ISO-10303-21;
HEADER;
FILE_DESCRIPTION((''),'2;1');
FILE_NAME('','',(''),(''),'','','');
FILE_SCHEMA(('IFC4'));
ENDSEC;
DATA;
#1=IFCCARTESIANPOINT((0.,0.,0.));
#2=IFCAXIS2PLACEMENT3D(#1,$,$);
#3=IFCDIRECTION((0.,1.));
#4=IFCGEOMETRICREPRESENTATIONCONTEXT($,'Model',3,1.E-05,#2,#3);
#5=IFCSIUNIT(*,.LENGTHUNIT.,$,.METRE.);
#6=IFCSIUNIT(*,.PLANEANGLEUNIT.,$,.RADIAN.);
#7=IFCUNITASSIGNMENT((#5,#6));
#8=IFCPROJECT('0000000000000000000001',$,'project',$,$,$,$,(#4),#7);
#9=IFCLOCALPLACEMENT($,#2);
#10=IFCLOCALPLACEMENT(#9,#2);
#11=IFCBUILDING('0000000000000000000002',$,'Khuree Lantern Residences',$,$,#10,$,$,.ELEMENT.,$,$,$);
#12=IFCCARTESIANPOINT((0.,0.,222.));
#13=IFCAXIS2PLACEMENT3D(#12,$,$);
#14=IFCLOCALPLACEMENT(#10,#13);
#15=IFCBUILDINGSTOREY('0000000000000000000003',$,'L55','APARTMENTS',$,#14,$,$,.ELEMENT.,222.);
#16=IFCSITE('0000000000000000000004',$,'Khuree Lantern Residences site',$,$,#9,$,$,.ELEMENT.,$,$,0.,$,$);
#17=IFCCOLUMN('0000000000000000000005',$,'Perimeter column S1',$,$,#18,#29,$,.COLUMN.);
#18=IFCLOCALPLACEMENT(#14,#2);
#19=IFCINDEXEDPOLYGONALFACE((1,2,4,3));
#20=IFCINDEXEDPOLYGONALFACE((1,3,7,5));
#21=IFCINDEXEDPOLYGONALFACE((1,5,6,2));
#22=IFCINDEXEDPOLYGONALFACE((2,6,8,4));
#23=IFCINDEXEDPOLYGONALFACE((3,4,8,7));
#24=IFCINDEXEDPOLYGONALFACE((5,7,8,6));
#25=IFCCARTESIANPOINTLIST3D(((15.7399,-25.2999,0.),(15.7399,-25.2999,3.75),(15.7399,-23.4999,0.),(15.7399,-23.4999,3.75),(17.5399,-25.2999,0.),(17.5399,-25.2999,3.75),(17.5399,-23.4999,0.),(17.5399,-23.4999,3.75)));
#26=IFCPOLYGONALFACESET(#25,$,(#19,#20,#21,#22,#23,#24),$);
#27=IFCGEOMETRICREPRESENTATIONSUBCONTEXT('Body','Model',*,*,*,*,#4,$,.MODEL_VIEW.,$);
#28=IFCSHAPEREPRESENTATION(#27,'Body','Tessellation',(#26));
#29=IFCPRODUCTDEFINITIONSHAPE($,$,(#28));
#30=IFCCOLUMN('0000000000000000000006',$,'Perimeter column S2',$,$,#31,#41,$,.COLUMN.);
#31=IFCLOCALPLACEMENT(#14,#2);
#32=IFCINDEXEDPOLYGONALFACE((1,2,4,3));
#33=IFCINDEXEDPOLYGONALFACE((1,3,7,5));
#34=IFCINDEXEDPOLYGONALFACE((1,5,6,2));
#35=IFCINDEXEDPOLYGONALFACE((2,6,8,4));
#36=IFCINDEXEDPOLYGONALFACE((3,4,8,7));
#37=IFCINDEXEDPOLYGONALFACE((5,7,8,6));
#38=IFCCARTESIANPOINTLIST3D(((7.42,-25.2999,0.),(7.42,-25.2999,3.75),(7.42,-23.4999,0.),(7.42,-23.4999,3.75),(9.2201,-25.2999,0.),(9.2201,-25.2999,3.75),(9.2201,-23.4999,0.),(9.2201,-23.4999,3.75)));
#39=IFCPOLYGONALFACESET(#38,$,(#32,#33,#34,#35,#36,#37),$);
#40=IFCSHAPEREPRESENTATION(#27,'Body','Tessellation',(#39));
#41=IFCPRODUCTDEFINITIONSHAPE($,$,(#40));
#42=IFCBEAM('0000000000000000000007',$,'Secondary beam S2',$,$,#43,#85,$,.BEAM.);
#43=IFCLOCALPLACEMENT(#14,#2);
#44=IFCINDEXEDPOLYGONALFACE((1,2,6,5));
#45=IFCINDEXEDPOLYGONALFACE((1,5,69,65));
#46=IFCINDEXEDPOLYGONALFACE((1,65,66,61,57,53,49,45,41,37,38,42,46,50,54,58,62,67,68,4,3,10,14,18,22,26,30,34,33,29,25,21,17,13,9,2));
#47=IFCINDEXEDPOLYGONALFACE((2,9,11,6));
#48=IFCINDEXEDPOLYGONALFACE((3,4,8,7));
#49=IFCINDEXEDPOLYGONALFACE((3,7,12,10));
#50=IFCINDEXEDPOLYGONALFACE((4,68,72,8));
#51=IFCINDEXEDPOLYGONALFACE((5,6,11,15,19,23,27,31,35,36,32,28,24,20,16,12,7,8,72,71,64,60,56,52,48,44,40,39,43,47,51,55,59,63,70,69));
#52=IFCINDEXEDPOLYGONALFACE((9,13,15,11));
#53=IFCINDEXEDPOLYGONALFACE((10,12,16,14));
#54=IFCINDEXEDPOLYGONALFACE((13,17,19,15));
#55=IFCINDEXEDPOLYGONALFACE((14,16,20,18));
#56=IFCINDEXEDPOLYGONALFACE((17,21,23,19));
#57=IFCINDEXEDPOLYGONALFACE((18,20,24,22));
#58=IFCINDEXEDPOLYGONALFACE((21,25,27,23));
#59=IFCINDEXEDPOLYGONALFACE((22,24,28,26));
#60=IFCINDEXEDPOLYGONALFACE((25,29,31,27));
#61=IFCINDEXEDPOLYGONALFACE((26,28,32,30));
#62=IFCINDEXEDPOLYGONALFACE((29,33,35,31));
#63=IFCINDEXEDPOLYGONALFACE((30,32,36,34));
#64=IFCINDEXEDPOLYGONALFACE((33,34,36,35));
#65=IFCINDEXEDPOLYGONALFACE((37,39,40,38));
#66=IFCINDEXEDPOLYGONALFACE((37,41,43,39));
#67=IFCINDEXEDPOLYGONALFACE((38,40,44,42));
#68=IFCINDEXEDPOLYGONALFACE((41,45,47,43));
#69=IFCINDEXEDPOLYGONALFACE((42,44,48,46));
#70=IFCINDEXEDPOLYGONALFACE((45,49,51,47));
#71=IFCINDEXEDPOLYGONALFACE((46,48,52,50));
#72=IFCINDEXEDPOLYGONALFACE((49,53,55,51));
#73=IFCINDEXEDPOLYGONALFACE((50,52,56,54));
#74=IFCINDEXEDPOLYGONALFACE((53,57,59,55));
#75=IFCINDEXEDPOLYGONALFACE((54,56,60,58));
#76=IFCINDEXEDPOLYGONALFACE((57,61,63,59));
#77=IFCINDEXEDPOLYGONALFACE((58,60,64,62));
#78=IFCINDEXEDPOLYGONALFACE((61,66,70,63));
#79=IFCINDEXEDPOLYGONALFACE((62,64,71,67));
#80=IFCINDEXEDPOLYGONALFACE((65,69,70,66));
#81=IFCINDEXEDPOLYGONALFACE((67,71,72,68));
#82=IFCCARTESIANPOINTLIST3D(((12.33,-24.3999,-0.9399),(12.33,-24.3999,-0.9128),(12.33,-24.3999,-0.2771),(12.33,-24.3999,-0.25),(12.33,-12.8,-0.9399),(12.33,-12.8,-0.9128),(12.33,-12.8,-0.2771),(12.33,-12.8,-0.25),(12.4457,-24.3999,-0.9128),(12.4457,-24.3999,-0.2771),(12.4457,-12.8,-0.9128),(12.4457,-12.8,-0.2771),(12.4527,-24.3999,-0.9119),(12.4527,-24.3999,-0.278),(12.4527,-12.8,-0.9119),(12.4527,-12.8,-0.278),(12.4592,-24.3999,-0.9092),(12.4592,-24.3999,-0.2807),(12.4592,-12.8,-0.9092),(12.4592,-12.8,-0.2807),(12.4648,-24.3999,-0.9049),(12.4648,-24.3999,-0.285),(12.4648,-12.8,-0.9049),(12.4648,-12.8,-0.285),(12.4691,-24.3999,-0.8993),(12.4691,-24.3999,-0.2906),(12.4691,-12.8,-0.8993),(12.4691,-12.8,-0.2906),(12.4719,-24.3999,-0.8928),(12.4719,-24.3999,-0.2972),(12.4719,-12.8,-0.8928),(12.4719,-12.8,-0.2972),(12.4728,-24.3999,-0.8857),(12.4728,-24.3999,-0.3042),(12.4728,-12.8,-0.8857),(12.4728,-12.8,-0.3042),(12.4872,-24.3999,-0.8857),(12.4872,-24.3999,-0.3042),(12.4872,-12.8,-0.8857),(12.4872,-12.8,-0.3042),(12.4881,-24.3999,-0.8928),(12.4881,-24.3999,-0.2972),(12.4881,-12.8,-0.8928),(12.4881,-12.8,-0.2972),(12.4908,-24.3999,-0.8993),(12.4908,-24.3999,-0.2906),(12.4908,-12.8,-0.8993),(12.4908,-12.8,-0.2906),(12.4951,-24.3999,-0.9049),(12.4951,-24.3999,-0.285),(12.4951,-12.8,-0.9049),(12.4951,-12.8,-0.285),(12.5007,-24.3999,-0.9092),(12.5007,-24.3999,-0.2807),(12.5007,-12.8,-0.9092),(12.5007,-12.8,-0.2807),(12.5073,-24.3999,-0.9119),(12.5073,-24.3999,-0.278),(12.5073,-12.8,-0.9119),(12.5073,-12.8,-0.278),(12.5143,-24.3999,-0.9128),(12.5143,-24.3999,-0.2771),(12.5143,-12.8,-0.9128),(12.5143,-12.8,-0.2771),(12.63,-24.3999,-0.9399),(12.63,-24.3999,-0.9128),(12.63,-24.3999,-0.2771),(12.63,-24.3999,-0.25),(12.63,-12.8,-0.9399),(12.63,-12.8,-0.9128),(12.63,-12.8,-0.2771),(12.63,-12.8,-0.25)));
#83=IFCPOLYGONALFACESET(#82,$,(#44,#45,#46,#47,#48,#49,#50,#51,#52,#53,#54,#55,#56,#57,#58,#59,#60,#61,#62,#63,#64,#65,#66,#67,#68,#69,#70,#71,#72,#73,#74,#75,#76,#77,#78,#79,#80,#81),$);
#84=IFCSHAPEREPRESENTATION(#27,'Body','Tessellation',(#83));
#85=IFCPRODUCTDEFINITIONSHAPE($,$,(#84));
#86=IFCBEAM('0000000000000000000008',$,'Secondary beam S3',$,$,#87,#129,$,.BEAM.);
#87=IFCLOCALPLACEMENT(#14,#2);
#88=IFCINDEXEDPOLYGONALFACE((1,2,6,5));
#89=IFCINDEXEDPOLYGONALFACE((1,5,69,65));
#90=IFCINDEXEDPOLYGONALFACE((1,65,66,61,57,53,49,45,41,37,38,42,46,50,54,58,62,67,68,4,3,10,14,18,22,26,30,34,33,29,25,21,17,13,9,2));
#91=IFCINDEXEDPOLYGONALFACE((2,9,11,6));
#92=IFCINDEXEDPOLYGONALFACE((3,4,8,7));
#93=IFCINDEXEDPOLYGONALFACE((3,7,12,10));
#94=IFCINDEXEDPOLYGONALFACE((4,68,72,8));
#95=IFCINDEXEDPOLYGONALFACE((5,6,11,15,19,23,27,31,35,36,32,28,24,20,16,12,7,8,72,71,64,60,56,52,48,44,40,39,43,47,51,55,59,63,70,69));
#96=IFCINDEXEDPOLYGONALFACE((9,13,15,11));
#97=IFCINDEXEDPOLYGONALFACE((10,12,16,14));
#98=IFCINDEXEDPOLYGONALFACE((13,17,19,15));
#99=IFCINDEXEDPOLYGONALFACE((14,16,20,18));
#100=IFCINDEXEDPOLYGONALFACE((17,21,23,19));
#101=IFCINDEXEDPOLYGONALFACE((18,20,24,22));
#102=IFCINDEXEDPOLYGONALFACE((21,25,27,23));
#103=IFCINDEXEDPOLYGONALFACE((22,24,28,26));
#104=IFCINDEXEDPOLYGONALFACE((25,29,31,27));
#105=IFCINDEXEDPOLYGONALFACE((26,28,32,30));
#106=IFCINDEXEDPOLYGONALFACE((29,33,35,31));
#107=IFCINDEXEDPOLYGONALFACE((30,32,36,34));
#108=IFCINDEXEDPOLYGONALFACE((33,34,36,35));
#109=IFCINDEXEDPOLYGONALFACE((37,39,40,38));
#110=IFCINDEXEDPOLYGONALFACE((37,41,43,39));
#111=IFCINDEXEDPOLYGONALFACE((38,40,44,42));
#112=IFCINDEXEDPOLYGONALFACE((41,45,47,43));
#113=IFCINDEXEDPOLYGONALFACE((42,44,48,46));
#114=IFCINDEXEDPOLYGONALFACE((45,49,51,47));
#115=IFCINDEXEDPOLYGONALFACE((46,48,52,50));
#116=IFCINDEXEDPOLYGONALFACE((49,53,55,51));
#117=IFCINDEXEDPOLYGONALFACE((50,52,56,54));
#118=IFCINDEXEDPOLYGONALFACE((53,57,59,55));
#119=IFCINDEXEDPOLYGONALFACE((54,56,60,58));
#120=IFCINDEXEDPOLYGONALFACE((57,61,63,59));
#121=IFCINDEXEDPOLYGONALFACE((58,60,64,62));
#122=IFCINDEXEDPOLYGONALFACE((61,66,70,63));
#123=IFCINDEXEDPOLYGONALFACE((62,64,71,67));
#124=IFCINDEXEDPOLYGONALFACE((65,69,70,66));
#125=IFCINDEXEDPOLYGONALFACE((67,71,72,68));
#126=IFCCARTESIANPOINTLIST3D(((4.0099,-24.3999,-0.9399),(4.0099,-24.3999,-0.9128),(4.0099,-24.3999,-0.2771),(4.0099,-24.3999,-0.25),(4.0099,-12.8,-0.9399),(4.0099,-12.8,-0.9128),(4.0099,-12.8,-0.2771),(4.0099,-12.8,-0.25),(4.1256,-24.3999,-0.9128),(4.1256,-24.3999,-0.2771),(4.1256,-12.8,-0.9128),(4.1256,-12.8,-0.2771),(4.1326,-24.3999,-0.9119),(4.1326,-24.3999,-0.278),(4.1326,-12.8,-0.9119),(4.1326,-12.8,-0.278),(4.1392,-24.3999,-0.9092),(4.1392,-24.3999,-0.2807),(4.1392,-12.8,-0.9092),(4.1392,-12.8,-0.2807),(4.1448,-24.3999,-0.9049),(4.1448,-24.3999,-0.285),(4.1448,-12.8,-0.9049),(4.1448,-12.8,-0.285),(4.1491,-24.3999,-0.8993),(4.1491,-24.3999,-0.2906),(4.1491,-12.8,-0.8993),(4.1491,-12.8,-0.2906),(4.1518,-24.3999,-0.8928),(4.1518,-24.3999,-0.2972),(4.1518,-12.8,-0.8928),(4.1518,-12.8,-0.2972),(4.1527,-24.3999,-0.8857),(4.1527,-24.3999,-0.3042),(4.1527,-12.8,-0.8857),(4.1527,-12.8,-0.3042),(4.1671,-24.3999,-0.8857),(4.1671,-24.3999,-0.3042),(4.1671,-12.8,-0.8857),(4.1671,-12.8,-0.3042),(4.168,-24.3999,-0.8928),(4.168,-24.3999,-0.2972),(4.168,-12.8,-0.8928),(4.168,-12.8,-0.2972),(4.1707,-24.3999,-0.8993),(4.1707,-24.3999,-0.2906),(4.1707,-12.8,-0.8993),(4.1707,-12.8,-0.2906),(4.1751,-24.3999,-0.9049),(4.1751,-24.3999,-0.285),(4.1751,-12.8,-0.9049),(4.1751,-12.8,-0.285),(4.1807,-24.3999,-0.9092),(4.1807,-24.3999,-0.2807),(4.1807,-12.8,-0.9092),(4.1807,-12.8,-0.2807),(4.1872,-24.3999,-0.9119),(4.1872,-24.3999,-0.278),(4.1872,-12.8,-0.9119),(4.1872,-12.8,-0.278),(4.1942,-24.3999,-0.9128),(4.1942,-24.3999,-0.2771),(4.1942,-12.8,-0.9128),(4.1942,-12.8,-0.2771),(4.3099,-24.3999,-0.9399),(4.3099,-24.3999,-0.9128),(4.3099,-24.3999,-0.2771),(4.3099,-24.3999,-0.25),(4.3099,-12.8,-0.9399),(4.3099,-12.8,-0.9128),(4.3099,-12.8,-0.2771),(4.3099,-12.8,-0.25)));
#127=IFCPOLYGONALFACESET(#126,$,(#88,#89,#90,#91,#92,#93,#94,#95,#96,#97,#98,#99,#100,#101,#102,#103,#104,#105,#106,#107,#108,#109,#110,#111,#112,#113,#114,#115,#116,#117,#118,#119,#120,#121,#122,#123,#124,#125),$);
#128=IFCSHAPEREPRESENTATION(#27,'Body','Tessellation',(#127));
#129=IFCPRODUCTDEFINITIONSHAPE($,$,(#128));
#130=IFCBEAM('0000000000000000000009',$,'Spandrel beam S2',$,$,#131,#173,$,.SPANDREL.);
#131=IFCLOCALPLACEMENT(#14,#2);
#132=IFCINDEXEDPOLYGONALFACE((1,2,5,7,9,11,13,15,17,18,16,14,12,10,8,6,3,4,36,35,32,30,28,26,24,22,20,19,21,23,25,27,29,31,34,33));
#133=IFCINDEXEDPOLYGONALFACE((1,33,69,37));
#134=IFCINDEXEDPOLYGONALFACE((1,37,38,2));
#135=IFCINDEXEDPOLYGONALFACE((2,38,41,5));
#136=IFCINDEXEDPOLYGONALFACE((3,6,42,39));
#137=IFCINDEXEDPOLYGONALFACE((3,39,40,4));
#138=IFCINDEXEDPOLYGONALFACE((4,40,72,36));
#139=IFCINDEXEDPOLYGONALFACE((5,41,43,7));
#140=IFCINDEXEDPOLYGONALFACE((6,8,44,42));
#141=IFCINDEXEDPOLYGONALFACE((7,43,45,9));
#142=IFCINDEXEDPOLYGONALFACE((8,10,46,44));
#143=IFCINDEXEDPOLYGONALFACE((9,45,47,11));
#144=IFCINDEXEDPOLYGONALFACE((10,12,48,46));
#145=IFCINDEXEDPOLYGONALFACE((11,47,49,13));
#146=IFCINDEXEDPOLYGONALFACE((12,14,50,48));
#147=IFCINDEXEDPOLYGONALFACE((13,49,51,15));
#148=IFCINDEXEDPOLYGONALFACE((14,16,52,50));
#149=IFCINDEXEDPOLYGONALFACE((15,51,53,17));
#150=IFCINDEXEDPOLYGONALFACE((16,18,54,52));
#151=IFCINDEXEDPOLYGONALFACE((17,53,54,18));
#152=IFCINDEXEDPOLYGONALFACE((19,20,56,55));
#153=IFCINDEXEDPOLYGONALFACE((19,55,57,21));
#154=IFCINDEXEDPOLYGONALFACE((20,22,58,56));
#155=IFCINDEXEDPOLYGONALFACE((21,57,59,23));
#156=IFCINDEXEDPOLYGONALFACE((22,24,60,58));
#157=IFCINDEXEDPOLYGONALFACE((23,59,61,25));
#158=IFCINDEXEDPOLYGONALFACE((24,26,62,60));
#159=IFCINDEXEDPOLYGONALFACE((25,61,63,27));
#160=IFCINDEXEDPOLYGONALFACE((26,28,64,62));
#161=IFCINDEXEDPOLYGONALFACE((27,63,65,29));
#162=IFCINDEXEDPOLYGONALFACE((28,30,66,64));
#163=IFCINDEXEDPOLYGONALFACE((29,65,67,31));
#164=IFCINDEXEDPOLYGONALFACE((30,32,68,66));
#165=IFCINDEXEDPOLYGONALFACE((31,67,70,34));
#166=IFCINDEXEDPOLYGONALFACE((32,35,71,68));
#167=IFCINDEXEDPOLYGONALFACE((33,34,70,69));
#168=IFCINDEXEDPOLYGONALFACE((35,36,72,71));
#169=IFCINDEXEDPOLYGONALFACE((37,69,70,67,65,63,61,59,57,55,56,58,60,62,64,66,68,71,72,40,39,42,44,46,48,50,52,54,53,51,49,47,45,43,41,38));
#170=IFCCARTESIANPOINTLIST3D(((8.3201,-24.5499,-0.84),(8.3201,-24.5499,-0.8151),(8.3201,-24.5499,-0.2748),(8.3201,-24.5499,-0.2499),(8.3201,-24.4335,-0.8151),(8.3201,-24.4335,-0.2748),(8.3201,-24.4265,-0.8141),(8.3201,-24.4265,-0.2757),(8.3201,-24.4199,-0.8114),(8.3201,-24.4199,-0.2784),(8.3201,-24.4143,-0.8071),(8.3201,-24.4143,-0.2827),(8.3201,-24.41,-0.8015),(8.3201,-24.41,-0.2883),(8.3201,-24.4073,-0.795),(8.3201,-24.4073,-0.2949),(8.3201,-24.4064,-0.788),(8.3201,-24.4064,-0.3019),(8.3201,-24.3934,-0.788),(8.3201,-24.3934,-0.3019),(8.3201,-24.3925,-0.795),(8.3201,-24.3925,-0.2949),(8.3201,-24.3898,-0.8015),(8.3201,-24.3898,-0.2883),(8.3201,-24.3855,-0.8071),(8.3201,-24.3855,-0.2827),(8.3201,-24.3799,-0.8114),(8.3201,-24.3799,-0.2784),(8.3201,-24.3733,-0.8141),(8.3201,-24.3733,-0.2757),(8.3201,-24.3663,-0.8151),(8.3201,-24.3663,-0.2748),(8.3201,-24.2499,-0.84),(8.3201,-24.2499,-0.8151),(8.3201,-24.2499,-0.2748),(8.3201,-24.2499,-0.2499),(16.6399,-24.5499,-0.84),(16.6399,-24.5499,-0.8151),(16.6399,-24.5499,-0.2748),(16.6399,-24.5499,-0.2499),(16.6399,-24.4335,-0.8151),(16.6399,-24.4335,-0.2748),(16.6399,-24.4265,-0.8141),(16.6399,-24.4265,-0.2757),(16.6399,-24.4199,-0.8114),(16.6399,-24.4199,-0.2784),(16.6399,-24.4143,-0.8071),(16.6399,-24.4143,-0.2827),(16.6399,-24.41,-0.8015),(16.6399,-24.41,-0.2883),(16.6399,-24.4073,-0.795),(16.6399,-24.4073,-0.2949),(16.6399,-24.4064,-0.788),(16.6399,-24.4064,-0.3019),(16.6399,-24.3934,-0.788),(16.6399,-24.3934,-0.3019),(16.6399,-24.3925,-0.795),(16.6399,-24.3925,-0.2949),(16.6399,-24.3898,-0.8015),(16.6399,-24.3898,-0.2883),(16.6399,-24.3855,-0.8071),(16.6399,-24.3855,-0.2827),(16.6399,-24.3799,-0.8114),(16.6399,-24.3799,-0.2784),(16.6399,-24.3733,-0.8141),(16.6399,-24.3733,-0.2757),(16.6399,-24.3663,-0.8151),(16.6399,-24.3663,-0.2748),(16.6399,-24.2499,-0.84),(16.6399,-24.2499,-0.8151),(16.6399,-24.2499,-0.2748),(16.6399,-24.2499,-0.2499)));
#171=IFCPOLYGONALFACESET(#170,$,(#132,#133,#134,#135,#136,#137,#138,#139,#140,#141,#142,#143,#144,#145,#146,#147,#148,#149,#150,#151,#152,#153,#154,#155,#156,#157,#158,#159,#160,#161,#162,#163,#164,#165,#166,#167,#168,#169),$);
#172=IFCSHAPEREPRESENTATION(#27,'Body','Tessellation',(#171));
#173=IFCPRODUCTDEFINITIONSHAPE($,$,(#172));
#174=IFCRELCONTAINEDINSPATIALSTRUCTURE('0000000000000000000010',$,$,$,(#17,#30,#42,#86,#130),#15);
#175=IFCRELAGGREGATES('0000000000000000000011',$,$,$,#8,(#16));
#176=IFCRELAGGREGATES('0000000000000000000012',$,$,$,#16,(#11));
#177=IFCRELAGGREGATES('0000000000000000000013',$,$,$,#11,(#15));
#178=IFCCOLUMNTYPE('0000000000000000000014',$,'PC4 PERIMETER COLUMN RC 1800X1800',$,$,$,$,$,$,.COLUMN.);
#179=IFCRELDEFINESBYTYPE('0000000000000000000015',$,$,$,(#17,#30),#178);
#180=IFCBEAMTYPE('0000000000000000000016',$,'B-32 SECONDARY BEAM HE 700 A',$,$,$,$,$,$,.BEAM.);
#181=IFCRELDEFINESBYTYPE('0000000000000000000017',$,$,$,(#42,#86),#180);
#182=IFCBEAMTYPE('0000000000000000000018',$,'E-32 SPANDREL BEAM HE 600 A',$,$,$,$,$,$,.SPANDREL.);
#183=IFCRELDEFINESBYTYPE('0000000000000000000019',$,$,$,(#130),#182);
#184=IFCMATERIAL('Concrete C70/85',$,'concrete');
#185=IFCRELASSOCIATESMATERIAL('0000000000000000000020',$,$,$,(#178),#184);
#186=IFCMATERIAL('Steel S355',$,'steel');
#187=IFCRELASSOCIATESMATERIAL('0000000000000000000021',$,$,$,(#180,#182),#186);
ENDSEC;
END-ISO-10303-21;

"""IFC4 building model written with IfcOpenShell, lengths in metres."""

from ifc_helpers import new_model, si_unit, direction, frame, origin, origin_2d, place, context, subcontext, project, spatial, rectangle, i_section, extrude, material, material_profile, profile_set, type_object, element, save


model = new_model("IFC4")

# Units and contexts
model_context = context("Model", 3, precision=1e-05, world=origin(), true_north=direction((0.0, 1.0)))
body_context = subcontext(model_context, "Body", "Model", "MODEL_VIEW")
ifc_project = project(units=[si_unit("LENGTHUNIT", "METRE"), si_unit("PLANEANGLEUNIT", "RADIAN")], contexts=[model_context])

# Site, building, storey
site_placement = place(None, origin())
site = spatial("IfcSite", under=ifc_project, at=site_placement, Name="Khuree Lantern Residences site", CompositionType="ELEMENT", RefElevation=0.0)
building_placement = place(site_placement, origin())
building = spatial("IfcBuilding", under=site, at=building_placement, Name="Khuree Lantern Residences", CompositionType="ELEMENT")
storey_placement = place(building_placement, frame((0.0, 0.0, 222.0)))
storey = spatial("IfcBuildingStorey", under=building, at=storey_placement, Name="L55", Description="APARTMENTS", CompositionType="ELEMENT", Elevation=222.0)

# Columns
ifc_material_1 = material(Name="Concrete C70/85", Category="concrete")
ifc_material_profile_1 = material_profile(ifc_material_1, rectangle(XDim=1.8, YDim=1.8, at=origin_2d()), Name="RC 1800X1800")
ifc_profile_set_1 = profile_set([ifc_material_profile_1], Name="Concrete C70/85")
column_type = type_object("IfcColumnType", Name="PC4 PERIMETER COLUMN RC 1800X1800", PredefinedType="COLUMN", material=ifc_profile_set_1)
for number, where, z_axis, x_axis, name in (
    (1, (16.6399, -24.3999, 0.0), (0.0, 0.0, 1.0), (1.0, 0.0, 0.0), "Perimeter column S1"),
    (2, (8.3201, -24.3999, 0.0), (0.0, 0.0, 1.0), (1.0, 0.0, 0.0), "Perimeter column S2"),
):
    element("IfcColumn", number, at=place(storey_placement, frame(where, z_axis=z_axis, x_axis=x_axis)), inside=storey, type_object=column_type, Name=name, PredefinedType="COLUMN", context=body_context, shape_type="SweptSolid", body=[
        extrude(rectangle(XDim=1.8, YDim=1.8, at=origin_2d()), origin(), (0.0, 0.0, 1.0), 3.75),
    ])

# Beams
ifc_material_2 = material(Name="Steel S355", Category="steel")
ifc_material_profile_2 = material_profile(ifc_material_2, i_section(OverallWidth=0.3, OverallDepth=0.6899, WebThickness=0.0144, FlangeThickness=0.0271, FilletRadius=0.0271, at=origin_2d()), Name="HE 700 A")
ifc_profile_set_2 = profile_set([ifc_material_profile_2], Name="Steel S355")
beam_type_1 = type_object("IfcBeamType", Name="B-32 SECONDARY BEAM HE 700 A", PredefinedType="BEAM", material=ifc_profile_set_2)
for number, where, z_axis, x_axis, name in (
    (3, (12.48, -24.3999, -0.595), (0.0, 1.0, 0.0), (-1.0, 0.0, 0.0), "Secondary beam S2"),
    (4, (4.1599, -24.3999, -0.595), (0.0, 1.0, 0.0), (-1.0, 0.0, 0.0), "Secondary beam S3"),
):
    element("IfcBeam", number, at=place(storey_placement, frame(where, z_axis=z_axis, x_axis=x_axis)), inside=storey, type_object=beam_type_1, Name=name, PredefinedType="BEAM", context=body_context, shape_type="SweptSolid", body=[
        extrude(i_section(OverallWidth=0.3, OverallDepth=0.6899, WebThickness=0.0144, FlangeThickness=0.0271, FilletRadius=0.0271, at=origin_2d()), origin(), (0.0, 0.0, 1.0), 11.5999),
    ])
ifc_material_profile_3 = material_profile(ifc_material_2, i_section(OverallWidth=0.3, OverallDepth=0.5901, WebThickness=0.0129, FlangeThickness=0.0249, FilletRadius=0.0271, at=origin_2d()), Name="HE 600 A")
ifc_profile_set_3 = profile_set([ifc_material_profile_3], Name="Steel S355")
beam_type_2 = type_object("IfcBeamType", Name="E-32 SPANDREL BEAM HE 600 A", PredefinedType="SPANDREL", material=ifc_profile_set_3)
beam_1_placement = place(storey_placement, frame((16.6399, -24.3999, -0.5449), z_axis=(-1.0, 0.0, 0.0), x_axis=(0.0, -1.0, 0.0)))
element("IfcBeam", 5, at=beam_1_placement, inside=storey, type_object=beam_type_2, Name="Spandrel beam S2", PredefinedType="SPANDREL", context=body_context, shape_type="SweptSolid", body=[
    extrude(i_section(OverallWidth=0.3, OverallDepth=0.5901, WebThickness=0.0129, FlangeThickness=0.0249, FilletRadius=0.0271, at=origin_2d()), origin(), (0.0, 0.0, 1.0), 8.3198),
])

save(model, "model.ifc")
